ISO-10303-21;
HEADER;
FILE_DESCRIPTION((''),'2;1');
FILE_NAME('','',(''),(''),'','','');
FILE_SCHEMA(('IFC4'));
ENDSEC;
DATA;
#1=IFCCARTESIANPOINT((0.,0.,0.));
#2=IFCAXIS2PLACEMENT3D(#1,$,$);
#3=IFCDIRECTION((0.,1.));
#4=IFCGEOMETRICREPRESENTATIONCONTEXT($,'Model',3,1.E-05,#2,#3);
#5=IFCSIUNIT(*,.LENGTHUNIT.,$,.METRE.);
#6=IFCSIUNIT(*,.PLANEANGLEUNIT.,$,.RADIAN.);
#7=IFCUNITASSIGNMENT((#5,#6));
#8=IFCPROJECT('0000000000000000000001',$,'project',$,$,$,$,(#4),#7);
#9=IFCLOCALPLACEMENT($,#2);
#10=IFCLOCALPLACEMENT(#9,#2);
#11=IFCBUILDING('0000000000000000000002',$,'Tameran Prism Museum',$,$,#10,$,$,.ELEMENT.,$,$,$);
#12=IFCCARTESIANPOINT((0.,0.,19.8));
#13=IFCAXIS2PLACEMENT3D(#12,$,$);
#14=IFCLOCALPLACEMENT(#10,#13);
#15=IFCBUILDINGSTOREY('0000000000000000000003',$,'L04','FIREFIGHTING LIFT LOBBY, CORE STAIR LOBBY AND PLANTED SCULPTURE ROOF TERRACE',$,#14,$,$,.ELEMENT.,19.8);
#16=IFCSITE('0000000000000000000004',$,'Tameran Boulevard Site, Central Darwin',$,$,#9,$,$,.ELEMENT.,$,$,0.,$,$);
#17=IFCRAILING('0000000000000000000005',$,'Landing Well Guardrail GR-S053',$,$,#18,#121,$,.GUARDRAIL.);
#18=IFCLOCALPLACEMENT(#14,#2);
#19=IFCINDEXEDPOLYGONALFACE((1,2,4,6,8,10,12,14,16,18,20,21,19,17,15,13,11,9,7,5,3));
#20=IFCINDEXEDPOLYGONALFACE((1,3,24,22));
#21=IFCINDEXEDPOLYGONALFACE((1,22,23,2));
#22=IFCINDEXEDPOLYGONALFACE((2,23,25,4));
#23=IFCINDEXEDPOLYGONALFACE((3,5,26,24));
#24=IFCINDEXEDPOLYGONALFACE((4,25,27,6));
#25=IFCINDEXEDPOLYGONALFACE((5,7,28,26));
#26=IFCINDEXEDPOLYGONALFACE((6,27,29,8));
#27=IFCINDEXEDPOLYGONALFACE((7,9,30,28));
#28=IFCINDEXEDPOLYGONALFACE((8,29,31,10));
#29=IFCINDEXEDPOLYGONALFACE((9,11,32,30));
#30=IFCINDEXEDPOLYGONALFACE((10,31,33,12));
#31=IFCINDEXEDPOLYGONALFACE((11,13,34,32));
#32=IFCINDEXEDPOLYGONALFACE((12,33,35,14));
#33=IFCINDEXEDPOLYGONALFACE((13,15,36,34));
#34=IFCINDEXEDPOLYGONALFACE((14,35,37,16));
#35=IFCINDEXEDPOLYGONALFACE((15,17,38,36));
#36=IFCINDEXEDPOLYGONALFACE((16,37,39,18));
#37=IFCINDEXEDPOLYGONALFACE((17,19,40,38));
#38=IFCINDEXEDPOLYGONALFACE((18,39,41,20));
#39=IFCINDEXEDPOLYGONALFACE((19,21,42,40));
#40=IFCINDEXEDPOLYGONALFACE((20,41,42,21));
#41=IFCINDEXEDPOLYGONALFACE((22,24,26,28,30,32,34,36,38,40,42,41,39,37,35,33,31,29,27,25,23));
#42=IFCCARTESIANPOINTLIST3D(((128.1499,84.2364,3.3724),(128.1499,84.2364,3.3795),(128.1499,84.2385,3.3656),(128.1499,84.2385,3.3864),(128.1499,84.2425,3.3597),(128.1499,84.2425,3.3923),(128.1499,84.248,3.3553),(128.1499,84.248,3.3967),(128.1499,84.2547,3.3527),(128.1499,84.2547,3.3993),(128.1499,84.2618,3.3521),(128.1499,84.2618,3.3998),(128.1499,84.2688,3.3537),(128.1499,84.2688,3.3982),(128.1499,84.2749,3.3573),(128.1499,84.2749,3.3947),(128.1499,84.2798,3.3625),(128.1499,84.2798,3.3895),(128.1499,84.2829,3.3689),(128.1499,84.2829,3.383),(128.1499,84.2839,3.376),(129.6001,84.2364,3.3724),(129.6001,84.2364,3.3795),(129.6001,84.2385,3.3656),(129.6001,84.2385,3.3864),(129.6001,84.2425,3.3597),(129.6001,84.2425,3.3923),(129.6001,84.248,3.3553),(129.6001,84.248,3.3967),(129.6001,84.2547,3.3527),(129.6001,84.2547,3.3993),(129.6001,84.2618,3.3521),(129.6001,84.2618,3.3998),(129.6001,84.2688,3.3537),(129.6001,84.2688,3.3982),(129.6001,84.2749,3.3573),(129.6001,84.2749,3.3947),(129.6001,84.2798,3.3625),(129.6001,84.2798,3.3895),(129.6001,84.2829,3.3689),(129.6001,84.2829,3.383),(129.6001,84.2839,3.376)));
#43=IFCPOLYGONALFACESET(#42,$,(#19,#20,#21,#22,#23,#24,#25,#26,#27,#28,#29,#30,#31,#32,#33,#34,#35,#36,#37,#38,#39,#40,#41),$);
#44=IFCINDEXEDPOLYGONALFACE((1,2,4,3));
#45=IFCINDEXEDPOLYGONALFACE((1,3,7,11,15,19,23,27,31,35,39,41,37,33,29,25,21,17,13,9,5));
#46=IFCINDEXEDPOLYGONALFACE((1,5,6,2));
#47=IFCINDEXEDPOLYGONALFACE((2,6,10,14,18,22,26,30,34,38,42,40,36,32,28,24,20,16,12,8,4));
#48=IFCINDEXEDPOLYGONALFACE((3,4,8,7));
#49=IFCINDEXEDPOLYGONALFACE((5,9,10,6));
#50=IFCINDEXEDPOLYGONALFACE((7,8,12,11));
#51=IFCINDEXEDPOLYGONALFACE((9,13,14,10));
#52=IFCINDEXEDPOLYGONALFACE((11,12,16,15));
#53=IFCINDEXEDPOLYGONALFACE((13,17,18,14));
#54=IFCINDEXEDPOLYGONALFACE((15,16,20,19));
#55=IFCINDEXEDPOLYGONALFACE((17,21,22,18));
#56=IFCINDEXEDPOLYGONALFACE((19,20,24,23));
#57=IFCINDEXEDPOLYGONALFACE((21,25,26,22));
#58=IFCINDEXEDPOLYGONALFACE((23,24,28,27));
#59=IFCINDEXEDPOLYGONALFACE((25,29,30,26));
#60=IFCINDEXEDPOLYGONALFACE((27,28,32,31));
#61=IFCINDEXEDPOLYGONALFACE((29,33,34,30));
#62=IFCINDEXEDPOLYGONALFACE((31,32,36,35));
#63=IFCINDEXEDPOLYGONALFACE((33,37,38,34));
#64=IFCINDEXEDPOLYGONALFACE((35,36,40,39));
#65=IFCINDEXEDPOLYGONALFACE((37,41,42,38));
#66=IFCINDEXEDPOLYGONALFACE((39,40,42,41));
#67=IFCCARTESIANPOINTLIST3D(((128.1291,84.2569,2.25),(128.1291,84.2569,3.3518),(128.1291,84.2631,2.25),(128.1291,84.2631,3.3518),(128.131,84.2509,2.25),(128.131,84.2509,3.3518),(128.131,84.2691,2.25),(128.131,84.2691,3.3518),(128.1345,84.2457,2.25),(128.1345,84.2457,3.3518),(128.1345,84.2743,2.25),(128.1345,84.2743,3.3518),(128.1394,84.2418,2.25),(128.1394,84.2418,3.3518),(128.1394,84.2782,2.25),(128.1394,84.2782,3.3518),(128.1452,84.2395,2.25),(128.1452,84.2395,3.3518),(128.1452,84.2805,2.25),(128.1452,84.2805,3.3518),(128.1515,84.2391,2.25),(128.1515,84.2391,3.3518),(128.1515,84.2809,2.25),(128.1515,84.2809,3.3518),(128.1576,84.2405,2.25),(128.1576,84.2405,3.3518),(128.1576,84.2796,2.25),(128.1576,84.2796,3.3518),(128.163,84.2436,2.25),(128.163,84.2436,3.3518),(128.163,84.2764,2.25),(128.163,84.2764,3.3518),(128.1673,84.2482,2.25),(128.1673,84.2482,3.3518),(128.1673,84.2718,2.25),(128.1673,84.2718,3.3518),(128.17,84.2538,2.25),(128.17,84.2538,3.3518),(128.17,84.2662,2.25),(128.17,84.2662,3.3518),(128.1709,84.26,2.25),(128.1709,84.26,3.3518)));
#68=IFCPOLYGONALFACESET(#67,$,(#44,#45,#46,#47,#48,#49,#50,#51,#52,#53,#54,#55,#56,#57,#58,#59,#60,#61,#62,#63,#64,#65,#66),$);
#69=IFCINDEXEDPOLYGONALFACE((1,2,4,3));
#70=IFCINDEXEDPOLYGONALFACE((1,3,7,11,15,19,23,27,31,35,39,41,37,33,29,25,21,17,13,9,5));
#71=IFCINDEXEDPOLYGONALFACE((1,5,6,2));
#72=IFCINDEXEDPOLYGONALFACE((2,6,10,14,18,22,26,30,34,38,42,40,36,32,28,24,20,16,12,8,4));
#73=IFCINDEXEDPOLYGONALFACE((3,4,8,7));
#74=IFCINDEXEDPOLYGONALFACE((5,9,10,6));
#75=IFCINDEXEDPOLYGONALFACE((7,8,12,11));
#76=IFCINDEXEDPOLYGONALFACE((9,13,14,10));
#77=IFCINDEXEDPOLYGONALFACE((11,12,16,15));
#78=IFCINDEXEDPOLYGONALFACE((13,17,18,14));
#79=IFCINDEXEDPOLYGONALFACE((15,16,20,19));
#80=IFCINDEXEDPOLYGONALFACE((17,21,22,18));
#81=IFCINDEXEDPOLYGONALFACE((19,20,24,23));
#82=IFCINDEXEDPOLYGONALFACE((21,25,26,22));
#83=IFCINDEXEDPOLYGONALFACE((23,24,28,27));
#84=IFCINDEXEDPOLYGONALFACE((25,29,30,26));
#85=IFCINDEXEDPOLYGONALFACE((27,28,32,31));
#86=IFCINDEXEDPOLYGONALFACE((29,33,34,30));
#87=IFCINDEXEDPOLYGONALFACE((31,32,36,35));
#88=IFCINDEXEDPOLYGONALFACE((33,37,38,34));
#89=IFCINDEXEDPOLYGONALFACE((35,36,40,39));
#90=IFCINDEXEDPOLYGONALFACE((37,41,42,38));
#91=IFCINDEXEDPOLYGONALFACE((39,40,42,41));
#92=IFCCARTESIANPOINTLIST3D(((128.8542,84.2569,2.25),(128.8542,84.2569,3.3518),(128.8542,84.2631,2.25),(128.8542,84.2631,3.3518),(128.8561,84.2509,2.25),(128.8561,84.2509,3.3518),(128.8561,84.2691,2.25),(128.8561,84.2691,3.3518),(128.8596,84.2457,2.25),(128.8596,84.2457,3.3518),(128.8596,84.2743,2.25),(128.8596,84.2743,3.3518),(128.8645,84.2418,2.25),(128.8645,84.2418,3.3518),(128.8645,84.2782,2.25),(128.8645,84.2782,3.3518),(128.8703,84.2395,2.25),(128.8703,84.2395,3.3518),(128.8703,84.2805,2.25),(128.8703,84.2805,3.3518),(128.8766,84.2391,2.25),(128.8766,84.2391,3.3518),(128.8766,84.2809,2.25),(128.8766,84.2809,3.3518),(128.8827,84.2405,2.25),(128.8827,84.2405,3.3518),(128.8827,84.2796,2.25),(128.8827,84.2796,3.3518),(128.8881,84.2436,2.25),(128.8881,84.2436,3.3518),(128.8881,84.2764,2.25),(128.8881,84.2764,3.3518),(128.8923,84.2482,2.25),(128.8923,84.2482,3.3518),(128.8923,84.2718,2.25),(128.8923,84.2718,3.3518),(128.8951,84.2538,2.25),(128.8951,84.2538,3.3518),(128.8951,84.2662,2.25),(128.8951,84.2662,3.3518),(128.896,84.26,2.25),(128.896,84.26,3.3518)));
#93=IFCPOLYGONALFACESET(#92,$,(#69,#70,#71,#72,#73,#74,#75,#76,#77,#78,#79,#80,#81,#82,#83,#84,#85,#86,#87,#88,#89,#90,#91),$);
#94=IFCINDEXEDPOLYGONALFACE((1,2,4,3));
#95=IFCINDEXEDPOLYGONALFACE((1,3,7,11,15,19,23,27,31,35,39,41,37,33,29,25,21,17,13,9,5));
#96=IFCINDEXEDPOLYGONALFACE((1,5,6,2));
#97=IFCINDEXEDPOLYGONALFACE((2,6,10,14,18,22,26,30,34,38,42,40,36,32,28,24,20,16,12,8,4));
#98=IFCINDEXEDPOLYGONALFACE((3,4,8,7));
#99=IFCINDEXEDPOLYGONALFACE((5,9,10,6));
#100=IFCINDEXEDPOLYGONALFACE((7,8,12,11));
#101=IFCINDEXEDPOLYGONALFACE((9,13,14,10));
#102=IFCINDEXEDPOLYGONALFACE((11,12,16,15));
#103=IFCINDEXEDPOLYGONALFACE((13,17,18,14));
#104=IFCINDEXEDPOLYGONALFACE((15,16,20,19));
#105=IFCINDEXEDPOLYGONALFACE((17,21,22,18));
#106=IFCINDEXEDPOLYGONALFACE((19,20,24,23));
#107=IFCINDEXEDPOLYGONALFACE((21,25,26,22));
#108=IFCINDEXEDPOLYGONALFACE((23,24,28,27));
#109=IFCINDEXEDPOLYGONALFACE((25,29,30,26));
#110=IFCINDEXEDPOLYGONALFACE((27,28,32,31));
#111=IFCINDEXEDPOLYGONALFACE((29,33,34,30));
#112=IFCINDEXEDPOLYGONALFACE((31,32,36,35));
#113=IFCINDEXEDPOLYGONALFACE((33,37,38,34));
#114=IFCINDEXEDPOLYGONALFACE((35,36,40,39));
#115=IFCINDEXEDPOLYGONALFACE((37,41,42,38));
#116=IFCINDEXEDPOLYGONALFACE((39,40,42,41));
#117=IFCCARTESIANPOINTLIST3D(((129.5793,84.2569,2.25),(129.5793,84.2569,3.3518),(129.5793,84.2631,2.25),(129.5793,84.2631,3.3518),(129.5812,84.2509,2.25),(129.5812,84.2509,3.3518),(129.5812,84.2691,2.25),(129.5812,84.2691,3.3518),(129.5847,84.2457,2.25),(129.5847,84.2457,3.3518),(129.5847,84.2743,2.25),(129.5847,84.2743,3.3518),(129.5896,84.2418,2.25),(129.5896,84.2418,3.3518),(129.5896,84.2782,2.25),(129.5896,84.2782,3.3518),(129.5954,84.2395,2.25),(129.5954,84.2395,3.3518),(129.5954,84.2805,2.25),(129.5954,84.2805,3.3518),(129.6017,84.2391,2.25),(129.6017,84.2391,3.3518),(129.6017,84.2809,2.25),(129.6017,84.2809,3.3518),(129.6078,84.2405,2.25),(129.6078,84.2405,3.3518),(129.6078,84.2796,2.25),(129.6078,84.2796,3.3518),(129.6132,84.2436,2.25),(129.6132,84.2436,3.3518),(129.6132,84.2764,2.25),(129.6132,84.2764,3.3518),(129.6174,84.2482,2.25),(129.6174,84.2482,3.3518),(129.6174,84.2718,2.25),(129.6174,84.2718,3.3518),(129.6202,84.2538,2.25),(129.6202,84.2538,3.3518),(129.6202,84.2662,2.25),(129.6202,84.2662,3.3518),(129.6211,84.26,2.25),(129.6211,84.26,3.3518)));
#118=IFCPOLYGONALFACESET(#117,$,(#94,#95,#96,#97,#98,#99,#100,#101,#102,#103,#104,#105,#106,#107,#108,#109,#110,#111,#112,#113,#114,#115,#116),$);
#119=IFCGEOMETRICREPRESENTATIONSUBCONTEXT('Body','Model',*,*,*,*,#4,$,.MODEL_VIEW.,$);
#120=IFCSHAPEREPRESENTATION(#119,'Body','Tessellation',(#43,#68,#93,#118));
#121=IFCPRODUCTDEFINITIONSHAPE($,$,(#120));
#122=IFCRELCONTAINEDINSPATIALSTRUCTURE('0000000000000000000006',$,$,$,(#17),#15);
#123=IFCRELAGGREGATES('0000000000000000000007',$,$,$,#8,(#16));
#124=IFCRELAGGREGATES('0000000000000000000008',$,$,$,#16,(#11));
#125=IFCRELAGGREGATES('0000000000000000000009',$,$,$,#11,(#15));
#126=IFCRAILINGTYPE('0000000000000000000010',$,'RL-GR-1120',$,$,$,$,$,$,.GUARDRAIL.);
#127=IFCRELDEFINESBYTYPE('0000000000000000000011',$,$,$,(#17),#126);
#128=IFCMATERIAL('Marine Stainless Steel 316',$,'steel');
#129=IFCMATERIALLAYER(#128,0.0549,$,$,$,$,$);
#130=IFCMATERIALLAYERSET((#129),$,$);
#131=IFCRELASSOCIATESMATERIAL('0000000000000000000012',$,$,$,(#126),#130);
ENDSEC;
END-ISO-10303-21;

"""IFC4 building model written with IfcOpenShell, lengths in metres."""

from ifc_helpers import new_model, si_unit, direction, frame, origin, origin_2d, place, context, subcontext, project, spatial, circle, extrude, material, layer, layer_set, type_object, element, save


model = new_model("IFC4")

# Units and contexts
model_context = context("Model", 3, precision=1e-05, world=origin(), true_north=direction((0.0, 1.0)))
body_context = subcontext(model_context, "Body", "Model", "MODEL_VIEW")
ifc_project = project(units=[si_unit("LENGTHUNIT", "METRE"), si_unit("PLANEANGLEUNIT", "RADIAN")], contexts=[model_context])

# Site, building, storey
site_placement = place(None, origin())
site = spatial("IfcSite", under=ifc_project, at=site_placement, Name="Tameran Boulevard Site, Central Darwin", CompositionType="ELEMENT", RefElevation=0.0)
building_placement = place(site_placement, origin())
building = spatial("IfcBuilding", under=site, at=building_placement, Name="Tameran Prism Museum", CompositionType="ELEMENT")
storey_placement = place(building_placement, frame((0.0, 0.0, 19.8)))
storey = spatial("IfcBuildingStorey", under=building, at=storey_placement, Name="L04", Description="FIREFIGHTING LIFT LOBBY, CORE STAIR LOBBY AND PLANTED SCULPTURE ROOF TERRACE", CompositionType="ELEMENT", Elevation=19.8)

# Railing
ifc_material_1 = material(Name="Marine Stainless Steel 316", Category="steel")
ifc_layer_1 = layer(ifc_material_1, 0.0549)
ifc_layer_set_1 = layer_set([ifc_layer_1])
railing_type_1 = type_object("IfcRailingType", Name="RL-GR-1120", PredefinedType="GUARDRAIL", material=ifc_layer_set_1)
for number, where, name in (
    (1, (128.1499, 84.26, 2.25), "Landing Well Guardrail GR-S053"),
):
    element("IfcRailing", number, at=place(storey_placement, frame(where)), inside=storey, type_object=railing_type_1, Name=name, PredefinedType="GUARDRAIL", context=body_context, shape_type="SweptSolid", body=[
        extrude(circle(Radius=0.0239, at=origin_2d()), frame((0.0, 0.0, 1.126), z_axis=(1.0, 0.0, 0.0), x_axis=(0.0, 1.0, 0.0)), (0.0, 0.0, 1.0), 1.4502),
        extrude(circle(Radius=0.021, at=origin_2d()), origin(), (0.0, 0.0, 1.0), 1.1018),
        extrude(circle(Radius=0.021, at=origin_2d()), frame((0.7251, 0.0, 0.0)), (0.0, 0.0, 1.0), 1.1018),
        extrude(circle(Radius=0.021, at=origin_2d()), frame((1.4502, 0.0, 0.0)), (0.0, 0.0, 1.0), 1.1018),
    ])

save(model, "model.ifc")
